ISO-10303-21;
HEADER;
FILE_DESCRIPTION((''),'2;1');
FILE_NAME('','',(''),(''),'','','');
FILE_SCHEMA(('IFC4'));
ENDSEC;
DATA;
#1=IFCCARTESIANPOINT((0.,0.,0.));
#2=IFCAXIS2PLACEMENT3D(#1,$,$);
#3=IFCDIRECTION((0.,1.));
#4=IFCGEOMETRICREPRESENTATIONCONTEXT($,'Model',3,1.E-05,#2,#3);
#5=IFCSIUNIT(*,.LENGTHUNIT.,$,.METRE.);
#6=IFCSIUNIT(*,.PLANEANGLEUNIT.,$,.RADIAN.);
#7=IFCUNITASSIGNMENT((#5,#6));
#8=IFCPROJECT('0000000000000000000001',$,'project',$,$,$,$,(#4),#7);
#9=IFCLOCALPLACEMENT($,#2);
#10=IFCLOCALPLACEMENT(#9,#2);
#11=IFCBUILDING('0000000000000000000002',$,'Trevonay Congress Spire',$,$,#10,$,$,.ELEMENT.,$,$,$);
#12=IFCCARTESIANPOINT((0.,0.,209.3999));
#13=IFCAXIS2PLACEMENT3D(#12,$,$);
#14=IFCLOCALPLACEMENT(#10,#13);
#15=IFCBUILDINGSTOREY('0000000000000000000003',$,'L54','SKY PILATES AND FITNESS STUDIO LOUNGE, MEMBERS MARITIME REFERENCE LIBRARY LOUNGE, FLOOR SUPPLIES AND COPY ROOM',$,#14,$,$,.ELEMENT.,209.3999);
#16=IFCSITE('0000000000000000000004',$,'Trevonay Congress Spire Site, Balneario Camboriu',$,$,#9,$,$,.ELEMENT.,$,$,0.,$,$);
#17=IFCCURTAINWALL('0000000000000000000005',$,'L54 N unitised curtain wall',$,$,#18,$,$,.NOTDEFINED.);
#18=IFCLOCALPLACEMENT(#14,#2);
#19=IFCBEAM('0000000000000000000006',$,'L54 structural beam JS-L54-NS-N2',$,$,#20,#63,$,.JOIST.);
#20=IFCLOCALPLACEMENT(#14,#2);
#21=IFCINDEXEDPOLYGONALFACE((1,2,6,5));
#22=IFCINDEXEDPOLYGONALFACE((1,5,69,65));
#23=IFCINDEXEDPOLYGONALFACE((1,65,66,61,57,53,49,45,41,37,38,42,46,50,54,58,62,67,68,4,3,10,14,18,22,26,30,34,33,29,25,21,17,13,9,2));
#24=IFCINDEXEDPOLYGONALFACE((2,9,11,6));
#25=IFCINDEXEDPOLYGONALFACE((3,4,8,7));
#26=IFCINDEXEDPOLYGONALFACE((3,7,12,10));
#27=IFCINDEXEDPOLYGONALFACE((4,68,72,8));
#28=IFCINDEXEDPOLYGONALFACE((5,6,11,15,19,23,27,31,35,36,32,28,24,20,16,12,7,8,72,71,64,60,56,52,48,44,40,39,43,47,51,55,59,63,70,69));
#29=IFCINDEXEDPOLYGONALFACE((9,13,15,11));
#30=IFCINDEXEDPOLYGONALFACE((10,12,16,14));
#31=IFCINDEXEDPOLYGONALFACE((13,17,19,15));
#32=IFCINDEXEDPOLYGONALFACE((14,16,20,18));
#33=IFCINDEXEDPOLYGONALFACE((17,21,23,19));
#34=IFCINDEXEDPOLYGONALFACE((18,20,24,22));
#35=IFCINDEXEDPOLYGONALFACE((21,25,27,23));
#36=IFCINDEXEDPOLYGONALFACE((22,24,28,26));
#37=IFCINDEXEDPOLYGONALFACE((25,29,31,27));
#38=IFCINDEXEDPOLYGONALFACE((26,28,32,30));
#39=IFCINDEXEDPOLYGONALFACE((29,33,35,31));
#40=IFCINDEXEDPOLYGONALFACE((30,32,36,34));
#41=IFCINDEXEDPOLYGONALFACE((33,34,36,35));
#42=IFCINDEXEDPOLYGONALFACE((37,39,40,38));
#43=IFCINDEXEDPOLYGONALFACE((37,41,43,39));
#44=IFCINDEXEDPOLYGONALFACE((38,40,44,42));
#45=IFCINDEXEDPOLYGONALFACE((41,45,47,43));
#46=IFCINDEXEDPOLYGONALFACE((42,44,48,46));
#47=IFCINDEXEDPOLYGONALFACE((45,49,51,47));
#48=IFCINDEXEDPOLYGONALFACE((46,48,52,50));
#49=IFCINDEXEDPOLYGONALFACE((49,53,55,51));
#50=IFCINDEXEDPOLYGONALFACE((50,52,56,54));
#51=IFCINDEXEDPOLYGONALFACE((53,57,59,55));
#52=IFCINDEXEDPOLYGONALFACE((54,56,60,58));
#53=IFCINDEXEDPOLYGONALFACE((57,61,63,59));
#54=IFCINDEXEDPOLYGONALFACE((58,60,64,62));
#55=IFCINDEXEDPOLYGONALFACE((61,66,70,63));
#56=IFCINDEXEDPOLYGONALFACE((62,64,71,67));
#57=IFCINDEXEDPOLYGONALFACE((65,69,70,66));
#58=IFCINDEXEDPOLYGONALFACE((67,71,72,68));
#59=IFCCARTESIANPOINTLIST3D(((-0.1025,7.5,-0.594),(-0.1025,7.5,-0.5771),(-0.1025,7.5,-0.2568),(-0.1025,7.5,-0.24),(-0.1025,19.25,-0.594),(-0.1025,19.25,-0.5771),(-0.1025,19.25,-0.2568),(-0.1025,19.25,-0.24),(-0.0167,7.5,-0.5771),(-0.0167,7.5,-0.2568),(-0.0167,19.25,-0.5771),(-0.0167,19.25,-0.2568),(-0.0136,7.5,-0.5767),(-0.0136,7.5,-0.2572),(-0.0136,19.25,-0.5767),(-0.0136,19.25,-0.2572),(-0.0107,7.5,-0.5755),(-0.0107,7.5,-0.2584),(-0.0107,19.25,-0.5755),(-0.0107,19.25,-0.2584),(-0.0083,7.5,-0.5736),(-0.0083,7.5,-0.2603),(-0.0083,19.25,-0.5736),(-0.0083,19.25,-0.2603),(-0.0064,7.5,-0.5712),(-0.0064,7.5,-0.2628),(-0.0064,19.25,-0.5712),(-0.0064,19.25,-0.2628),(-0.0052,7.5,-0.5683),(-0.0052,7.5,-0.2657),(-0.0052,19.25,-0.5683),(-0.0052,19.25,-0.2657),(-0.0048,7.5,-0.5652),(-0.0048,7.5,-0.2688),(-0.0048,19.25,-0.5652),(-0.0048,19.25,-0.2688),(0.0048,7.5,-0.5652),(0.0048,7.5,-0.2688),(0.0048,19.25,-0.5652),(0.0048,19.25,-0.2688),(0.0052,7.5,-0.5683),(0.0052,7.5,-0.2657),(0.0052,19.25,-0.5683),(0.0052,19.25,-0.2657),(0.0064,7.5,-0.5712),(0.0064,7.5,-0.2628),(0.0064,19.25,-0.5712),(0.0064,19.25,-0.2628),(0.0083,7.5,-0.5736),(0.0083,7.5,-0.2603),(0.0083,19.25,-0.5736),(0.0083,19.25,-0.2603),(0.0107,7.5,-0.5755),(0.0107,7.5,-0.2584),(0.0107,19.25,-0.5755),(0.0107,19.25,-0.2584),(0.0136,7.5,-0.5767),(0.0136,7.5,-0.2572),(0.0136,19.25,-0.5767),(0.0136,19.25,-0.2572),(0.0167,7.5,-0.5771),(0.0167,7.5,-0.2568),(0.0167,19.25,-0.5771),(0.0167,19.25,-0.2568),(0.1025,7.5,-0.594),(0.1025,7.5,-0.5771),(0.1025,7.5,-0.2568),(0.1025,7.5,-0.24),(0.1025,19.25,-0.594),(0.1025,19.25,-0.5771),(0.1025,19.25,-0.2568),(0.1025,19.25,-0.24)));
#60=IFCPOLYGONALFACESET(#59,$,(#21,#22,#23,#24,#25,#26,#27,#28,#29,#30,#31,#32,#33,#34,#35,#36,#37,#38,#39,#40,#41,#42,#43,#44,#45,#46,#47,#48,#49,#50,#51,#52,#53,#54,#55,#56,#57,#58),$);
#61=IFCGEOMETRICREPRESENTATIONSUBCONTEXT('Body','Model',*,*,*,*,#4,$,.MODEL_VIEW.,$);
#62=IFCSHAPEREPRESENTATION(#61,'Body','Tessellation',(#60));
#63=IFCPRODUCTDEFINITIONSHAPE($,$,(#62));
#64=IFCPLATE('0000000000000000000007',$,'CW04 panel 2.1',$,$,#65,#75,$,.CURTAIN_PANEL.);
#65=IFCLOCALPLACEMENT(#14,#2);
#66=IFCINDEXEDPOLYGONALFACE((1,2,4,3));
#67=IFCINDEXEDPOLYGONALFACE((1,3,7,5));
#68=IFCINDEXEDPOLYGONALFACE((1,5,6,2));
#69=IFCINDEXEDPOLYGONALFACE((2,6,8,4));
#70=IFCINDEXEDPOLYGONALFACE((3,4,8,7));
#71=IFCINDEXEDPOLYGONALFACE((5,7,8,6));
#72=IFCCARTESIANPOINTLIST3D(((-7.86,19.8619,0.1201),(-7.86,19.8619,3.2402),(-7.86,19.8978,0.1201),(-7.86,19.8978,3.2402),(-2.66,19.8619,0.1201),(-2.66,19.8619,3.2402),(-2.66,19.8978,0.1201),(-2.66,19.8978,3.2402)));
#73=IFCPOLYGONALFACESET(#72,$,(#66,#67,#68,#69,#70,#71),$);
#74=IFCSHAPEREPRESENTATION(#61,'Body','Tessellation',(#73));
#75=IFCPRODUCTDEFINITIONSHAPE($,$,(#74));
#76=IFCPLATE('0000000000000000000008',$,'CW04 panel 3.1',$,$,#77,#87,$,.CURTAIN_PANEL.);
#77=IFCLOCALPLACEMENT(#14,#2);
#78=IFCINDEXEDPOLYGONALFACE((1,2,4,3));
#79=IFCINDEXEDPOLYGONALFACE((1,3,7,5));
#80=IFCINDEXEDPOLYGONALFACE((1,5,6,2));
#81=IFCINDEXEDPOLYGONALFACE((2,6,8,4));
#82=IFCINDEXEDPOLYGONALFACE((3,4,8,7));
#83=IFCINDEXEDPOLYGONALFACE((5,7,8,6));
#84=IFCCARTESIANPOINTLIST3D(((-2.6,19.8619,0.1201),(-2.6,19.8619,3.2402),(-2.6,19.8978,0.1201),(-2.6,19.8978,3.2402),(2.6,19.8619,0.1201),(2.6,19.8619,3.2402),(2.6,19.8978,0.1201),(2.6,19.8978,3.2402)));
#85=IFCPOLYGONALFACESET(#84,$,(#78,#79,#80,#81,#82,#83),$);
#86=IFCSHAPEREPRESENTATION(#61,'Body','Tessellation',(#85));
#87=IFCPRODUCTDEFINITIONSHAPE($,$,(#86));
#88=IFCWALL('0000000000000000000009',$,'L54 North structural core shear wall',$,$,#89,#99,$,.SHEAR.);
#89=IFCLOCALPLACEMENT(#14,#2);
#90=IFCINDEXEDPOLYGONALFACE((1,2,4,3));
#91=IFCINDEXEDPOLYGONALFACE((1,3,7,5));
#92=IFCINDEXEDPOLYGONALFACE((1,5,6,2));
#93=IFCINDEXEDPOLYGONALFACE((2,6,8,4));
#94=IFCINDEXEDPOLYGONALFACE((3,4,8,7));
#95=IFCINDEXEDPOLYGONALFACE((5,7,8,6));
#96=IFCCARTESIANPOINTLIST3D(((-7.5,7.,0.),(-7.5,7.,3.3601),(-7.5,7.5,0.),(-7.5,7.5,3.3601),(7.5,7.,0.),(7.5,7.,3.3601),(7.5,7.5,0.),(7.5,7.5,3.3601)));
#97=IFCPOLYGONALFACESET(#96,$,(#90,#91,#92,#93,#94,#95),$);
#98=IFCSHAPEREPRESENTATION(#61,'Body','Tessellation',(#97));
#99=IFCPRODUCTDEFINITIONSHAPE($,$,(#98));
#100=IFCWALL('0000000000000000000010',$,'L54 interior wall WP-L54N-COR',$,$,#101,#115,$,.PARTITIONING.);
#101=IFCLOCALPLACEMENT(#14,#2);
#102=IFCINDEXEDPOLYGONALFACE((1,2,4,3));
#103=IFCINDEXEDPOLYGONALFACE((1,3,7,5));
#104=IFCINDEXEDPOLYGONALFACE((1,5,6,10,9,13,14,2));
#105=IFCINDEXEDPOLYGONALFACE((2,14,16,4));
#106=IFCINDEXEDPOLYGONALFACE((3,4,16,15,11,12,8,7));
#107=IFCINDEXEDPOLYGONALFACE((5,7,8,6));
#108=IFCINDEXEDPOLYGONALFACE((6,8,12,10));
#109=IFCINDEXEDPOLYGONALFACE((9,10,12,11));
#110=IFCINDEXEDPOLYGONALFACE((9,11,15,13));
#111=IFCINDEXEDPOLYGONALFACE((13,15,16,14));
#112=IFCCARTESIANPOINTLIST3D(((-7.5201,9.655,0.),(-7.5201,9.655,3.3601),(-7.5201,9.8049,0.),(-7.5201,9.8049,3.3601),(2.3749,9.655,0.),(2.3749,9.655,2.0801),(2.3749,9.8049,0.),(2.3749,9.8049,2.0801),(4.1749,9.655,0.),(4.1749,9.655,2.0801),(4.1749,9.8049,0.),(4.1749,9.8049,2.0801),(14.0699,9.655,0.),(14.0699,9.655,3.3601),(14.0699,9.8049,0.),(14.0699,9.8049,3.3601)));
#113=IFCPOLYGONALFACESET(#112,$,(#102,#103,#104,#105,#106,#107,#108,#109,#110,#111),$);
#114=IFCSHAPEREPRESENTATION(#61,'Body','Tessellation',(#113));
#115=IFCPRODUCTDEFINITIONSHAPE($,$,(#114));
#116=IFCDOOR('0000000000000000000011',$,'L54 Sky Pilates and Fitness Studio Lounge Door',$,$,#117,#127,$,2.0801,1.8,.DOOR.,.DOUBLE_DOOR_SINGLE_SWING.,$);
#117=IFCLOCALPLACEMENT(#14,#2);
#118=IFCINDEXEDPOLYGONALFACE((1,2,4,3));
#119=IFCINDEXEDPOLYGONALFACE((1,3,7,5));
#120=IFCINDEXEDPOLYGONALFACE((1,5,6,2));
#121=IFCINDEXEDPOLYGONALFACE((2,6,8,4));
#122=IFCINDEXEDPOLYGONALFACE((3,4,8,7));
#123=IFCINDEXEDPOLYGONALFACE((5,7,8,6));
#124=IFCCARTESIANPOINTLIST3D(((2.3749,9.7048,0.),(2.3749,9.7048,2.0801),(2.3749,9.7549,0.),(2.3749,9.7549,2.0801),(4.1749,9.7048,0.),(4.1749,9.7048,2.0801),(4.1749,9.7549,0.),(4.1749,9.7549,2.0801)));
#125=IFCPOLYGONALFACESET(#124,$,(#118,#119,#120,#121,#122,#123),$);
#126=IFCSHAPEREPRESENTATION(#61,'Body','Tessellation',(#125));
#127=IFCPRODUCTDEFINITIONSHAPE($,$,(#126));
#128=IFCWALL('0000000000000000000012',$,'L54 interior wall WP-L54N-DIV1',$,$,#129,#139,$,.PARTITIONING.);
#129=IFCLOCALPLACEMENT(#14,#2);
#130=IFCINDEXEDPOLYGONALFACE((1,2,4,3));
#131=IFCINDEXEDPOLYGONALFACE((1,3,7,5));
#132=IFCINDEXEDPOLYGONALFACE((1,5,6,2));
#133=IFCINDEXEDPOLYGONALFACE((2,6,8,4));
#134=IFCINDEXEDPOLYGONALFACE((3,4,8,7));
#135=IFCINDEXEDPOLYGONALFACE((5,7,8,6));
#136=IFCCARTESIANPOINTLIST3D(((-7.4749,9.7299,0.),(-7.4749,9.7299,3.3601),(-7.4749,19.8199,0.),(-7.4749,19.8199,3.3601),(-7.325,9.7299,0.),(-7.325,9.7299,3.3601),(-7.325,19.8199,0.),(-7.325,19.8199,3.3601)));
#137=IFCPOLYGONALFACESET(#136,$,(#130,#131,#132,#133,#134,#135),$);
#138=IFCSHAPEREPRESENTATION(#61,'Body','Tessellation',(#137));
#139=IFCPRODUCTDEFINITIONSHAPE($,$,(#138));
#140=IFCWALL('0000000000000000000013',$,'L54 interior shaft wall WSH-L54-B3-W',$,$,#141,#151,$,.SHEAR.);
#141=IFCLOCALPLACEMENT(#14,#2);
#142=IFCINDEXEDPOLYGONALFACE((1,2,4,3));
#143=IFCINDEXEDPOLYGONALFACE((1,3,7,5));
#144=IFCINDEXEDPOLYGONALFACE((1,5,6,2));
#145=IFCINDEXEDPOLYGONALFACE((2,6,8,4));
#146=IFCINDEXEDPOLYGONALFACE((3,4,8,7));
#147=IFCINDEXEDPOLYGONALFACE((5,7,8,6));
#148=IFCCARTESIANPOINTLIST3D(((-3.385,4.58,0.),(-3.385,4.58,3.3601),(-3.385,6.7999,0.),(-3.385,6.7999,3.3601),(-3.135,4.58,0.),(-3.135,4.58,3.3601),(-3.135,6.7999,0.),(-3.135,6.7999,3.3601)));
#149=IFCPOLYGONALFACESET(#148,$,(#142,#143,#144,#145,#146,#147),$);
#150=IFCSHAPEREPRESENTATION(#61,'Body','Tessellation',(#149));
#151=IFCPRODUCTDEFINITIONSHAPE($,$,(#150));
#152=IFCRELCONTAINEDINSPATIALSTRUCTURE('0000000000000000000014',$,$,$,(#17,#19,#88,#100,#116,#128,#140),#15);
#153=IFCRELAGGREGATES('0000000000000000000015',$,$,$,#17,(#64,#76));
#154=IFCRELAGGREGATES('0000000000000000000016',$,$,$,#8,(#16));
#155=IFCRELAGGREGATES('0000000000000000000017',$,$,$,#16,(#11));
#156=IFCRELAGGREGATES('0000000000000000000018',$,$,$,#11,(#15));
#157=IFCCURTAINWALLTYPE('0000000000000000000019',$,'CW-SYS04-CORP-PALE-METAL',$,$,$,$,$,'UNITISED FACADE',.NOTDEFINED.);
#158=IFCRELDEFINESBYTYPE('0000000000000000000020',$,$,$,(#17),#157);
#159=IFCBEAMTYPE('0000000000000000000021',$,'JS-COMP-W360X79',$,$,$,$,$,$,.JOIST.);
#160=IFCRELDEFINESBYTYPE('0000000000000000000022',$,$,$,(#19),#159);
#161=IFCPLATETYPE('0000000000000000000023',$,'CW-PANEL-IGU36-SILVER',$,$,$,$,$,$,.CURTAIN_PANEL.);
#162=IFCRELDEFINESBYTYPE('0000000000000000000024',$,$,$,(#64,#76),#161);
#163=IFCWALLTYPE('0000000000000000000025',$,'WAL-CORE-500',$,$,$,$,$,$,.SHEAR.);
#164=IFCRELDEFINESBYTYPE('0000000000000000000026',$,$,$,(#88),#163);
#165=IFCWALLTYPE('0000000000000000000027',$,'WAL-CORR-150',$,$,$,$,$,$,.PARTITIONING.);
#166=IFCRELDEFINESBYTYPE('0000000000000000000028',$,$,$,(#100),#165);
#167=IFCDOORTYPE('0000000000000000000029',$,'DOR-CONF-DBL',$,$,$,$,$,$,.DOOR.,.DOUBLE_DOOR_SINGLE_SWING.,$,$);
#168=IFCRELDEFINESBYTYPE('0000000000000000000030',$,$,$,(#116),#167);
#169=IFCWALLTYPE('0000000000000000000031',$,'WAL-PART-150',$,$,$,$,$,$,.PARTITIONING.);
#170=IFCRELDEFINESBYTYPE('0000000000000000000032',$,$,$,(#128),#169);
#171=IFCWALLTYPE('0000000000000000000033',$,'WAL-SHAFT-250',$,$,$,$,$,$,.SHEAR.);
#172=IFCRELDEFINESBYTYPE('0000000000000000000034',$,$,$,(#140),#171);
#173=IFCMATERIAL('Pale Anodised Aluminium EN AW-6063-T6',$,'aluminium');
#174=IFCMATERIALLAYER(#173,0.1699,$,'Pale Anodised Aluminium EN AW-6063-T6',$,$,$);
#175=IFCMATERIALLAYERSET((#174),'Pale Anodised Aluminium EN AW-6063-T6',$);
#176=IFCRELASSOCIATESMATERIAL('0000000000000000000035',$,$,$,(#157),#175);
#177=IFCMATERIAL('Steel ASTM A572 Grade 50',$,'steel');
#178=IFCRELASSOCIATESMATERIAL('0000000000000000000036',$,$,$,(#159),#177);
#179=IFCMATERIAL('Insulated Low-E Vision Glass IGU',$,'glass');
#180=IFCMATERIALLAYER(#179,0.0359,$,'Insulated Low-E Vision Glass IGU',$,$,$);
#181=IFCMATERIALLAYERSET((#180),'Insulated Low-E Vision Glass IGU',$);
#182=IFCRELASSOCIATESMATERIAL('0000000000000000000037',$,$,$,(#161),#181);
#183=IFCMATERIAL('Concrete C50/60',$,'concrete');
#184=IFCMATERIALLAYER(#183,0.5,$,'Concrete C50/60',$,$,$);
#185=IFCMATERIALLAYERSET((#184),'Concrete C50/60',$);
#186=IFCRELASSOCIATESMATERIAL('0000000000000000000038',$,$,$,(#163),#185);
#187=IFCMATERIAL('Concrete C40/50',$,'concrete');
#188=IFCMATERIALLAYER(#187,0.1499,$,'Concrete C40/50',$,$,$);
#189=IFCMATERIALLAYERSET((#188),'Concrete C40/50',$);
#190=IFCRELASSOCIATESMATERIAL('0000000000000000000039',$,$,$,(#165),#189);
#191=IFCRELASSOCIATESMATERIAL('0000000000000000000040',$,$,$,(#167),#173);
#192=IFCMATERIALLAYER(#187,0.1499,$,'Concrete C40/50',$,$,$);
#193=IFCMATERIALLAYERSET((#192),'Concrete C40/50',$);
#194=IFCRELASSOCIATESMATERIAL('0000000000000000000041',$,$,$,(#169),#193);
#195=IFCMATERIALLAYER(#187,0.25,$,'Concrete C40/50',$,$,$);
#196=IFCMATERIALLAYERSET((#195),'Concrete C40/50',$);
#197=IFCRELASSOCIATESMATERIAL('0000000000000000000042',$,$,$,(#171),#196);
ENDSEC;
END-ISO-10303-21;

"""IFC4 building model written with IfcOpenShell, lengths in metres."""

from ifc_helpers import new_model, si_unit, direction, frame, frame_2d, origin, origin_2d, place, context, subcontext, project, spatial, rectangle, i_section, extrude, material, layer, layer_set, material_profile, profile_set, type_object, element, fill, aggregate, save


model = new_model("IFC4")

# Units and contexts
model_context = context("Model", 3, precision=1e-05, world=origin(), true_north=direction((0.0, 1.0)))
body_context = subcontext(model_context, "Body", "Model", "MODEL_VIEW")
ifc_project = project(units=[si_unit("LENGTHUNIT", "METRE"), si_unit("PLANEANGLEUNIT", "RADIAN")], contexts=[model_context])

# Site, building, storey
site_placement = place(None, origin())
site = spatial("IfcSite", under=ifc_project, at=site_placement, Name="Trevonay Congress Spire Site, Balneario Camboriu", CompositionType="ELEMENT", RefElevation=0.0)
building_placement = place(site_placement, origin())
building = spatial("IfcBuilding", under=site, at=building_placement, Name="Trevonay Congress Spire", CompositionType="ELEMENT")
storey_placement = place(building_placement, frame((0.0, 0.0, 209.3999)))
storey = spatial("IfcBuildingStorey", under=building, at=storey_placement, Name="L54", Description="SKY PILATES AND FITNESS STUDIO LOUNGE, MEMBERS MARITIME REFERENCE LIBRARY LOUNGE, FLOOR SUPPLIES AND COPY ROOM", CompositionType="ELEMENT", Elevation=209.3999)

# Shared definitions
ifc_material_1 = material(Name="Steel ASTM A572 Grade 50", Category="steel")

# Curtain wall
ifc_material_2 = material(Name="Pale Anodised Aluminium EN AW-6063-T6", Category="aluminium")
ifc_layer_1 = layer(ifc_material_2, 0.1699, Name="Pale Anodised Aluminium EN AW-6063-T6")
ifc_layer_set_1 = layer_set([ifc_layer_1], Name="Pale Anodised Aluminium EN AW-6063-T6")
curtain_wall_type = type_object("IfcCurtainWallType", Name="CW-SYS04-CORP-PALE-METAL", ElementType="UNITISED FACADE", PredefinedType="NOTDEFINED", material=ifc_layer_set_1)
curtain_wall_placement = place(storey_placement, origin())
curtain_wall = element("IfcCurtainWall", 1, at=curtain_wall_placement, inside=storey, type_object=curtain_wall_type, Name="L54 N unitised curtain wall", PredefinedType="NOTDEFINED")

# Beam
ifc_material_profile_1 = material_profile(ifc_material_1, i_section(OverallWidth=0.2051, OverallDepth=0.354, WebThickness=0.0095, FlangeThickness=0.0168, FilletRadius=0.012, at=origin_2d()), Name="W360x79")
ifc_profile_set_1 = profile_set([ifc_material_profile_1], Name="Steel ASTM A572 Grade 50")
beam_type_1 = type_object("IfcBeamType", Name="JS-COMP-W360X79", PredefinedType="JOIST", material=ifc_profile_set_1)
for number, where, z_axis, x_axis, name in (
    (2, (0.0, 7.5, -0.417), (0.0, 1.0, 0.0), (-1.0, 0.0, 0.0), "L54 structural beam JS-L54-NS-N2"),
):
    element("IfcBeam", number, at=place(storey_placement, frame(where, z_axis=z_axis, x_axis=x_axis)), inside=storey, type_object=beam_type_1, Name=name, PredefinedType="JOIST", context=body_context, shape_type="SweptSolid", body=[
        extrude(i_section(OverallWidth=0.2051, OverallDepth=0.354, WebThickness=0.0095, FlangeThickness=0.0168, FilletRadius=0.012, at=origin_2d()), origin(), (0.0, 0.0, 1.0), 11.75),
    ])

# Plates
ifc_material_3 = material(Name="Insulated Low-E Vision Glass IGU", Category="glass")
ifc_layer_2 = layer(ifc_material_3, 0.0359, Name="Insulated Low-E Vision Glass IGU")
ifc_layer_set_2 = layer_set([ifc_layer_2], Name="Insulated Low-E Vision Glass IGU")
plate_type = type_object("IfcPlateType", Name="CW-PANEL-IGU36-SILVER", PredefinedType="CURTAIN_PANEL", material=ifc_layer_set_2)
plate_1_placement = place(storey_placement, frame((-5.26, 19.8799, 0.1201), z_axis=(0.0, 0.0, 1.0), x_axis=(1.0, 0.0, 0.0)))
plate_1 = element("IfcPlate", 3, at=plate_1_placement, type_object=plate_type, Name="CW04 panel 2.1", PredefinedType="CURTAIN_PANEL", context=body_context, shape_type="SweptSolid", body=[
    extrude(rectangle(XDim=5.2, YDim=0.0359, at=origin_2d()), origin(), (0.0, 0.0, 1.0), 3.1201),
])
plate_2_placement = place(storey_placement, frame((0.0, 19.8799, 0.1201), z_axis=(0.0, 0.0, 1.0), x_axis=(1.0, 0.0, 0.0)))
plate_2 = element("IfcPlate", 4, at=plate_2_placement, type_object=plate_type, Name="CW04 panel 3.1", PredefinedType="CURTAIN_PANEL", context=body_context, shape_type="SweptSolid", body=[
    extrude(rectangle(XDim=5.2, YDim=0.0359, at=origin_2d()), origin(), (0.0, 0.0, 1.0), 3.1201),
])
aggregate(curtain_wall, [plate_1, plate_2])

# Wall
ifc_material_4 = material(Name="Concrete C50/60", Category="concrete")
ifc_layer_3 = layer(ifc_material_4, 0.5, Name="Concrete C50/60")
ifc_layer_set_3 = layer_set([ifc_layer_3], Name="Concrete C50/60")
wall_type_1 = type_object("IfcWallType", Name="WAL-CORE-500", PredefinedType="SHEAR", material=ifc_layer_set_3)
wall_1_placement = place(storey_placement, frame((-7.5, 7.25, 0.0), z_axis=(0.0, 0.0, 1.0), x_axis=(1.0, 0.0, 0.0)))
element("IfcWall", 5, at=wall_1_placement, inside=storey, type_object=wall_type_1, Name="L54 North structural core shear wall", PredefinedType="SHEAR", context=body_context, shape_type="SweptSolid", body=[
    extrude(rectangle(XDim=15.0, YDim=0.5, at=frame_2d((7.5, 0.0))), origin(), (0.0, 0.0, 1.0), 3.3601),
])

# Wall, opening, door
ifc_material_5 = material(Name="Concrete C40/50", Category="concrete")
ifc_layer_4 = layer(ifc_material_5, 0.1499, Name="Concrete C40/50")
ifc_layer_set_4 = layer_set([ifc_layer_4], Name="Concrete C40/50")
wall_type_2 = type_object("IfcWallType", Name="WAL-CORR-150", PredefinedType="PARTITIONING", material=ifc_layer_set_4)
wall_2_placement = place(storey_placement, frame((-7.52, 9.73, 0.0), z_axis=(0.0, 0.0, 1.0), x_axis=(1.0, 0.0, 0.0)))
wall_2 = element("IfcWall", 6, at=wall_2_placement, inside=storey, type_object=wall_type_2, Name="L54 interior wall WP-L54N-COR", PredefinedType="PARTITIONING", context=body_context, shape_type="SweptSolid", body=[
    extrude(rectangle(XDim=21.5901, YDim=0.1499, at=frame_2d((10.7949, 0.0))), origin(), (0.0, 0.0, 1.0), 3.3601),
])
opening_placement = place(wall_2_placement, frame((9.895, 0.0, 0.0)))
opening = element("IfcOpeningElement", 7, at=opening_placement, cuts=wall_2, PredefinedType="OPENING", context=body_context, shape_type="SweptSolid", body=[
    extrude(rectangle(XDim=1.8, YDim=2.0801, at=frame_2d((0.8999, 1.04))), frame((0.0, 0.085, 0.0), z_axis=(0.0, -1.0, 0.0), x_axis=(1.0, 0.0, 0.0)), (0.0, 0.0, 1.0), 0.1699),
])
door_type = type_object("IfcDoorType", Name="DOR-CONF-DBL", OperationType="DOUBLE_DOOR_SINGLE_SWING", PredefinedType="DOOR", material=ifc_material_2)
door_placement = place(opening_placement, origin())
door = element("IfcDoor", 8, at=door_placement, inside=storey, type_object=door_type, Name="L54 Sky Pilates and Fitness Studio Lounge Door", OperationType="DOUBLE_DOOR_SINGLE_SWING", OverallHeight=2.0801, OverallWidth=1.8, PredefinedType="DOOR", context=body_context, shape_type="SweptSolid", body=[
    extrude(rectangle(XDim=1.8, YDim=2.0801, at=frame_2d((0.8999, 1.04))), frame((0.0, 0.0249, 0.0), z_axis=(0.0, -1.0, 0.0), x_axis=(1.0, 0.0, 0.0)), (0.0, 0.0, 1.0), 0.05),
])
fill(opening, door)

# Walls
ifc_layer_5 = layer(ifc_material_5, 0.1499, Name="Concrete C40/50")
ifc_layer_set_5 = layer_set([ifc_layer_5], Name="Concrete C40/50")
wall_type_3 = type_object("IfcWallType", Name="WAL-PART-150", PredefinedType="PARTITIONING", material=ifc_layer_set_5)
wall_3_placement = place(storey_placement, frame((-7.3999, 9.73, 0.0), z_axis=(0.0, 0.0, 1.0), x_axis=(0.0, 1.0, 0.0)))
element("IfcWall", 9, at=wall_3_placement, inside=storey, type_object=wall_type_3, Name="L54 interior wall WP-L54N-DIV1", PredefinedType="PARTITIONING", context=body_context, shape_type="SweptSolid", body=[
    extrude(rectangle(XDim=10.0901, YDim=0.1499, at=frame_2d((5.0449, 0.0))), origin(), (0.0, 0.0, 1.0), 3.3601),
])
ifc_layer_6 = layer(ifc_material_5, 0.25, Name="Concrete C40/50")
ifc_layer_set_6 = layer_set([ifc_layer_6], Name="Concrete C40/50")
wall_type_4 = type_object("IfcWallType", Name="WAL-SHAFT-250", PredefinedType="SHEAR", material=ifc_layer_set_6)
wall_4_placement = place(storey_placement, frame((-3.26, 4.5801, 0.0), z_axis=(0.0, 0.0, 1.0), x_axis=(0.0, 1.0, 0.0)))
element("IfcWall", 10, at=wall_4_placement, inside=storey, type_object=wall_type_4, Name="L54 interior shaft wall WSH-L54-B3-W", PredefinedType="SHEAR", context=body_context, shape_type="SweptSolid", body=[
    extrude(rectangle(XDim=2.22, YDim=0.25, at=frame_2d((1.1099, 0.0))), origin(), (0.0, 0.0, 1.0), 3.3601),
])

save(model, "model.ifc")
